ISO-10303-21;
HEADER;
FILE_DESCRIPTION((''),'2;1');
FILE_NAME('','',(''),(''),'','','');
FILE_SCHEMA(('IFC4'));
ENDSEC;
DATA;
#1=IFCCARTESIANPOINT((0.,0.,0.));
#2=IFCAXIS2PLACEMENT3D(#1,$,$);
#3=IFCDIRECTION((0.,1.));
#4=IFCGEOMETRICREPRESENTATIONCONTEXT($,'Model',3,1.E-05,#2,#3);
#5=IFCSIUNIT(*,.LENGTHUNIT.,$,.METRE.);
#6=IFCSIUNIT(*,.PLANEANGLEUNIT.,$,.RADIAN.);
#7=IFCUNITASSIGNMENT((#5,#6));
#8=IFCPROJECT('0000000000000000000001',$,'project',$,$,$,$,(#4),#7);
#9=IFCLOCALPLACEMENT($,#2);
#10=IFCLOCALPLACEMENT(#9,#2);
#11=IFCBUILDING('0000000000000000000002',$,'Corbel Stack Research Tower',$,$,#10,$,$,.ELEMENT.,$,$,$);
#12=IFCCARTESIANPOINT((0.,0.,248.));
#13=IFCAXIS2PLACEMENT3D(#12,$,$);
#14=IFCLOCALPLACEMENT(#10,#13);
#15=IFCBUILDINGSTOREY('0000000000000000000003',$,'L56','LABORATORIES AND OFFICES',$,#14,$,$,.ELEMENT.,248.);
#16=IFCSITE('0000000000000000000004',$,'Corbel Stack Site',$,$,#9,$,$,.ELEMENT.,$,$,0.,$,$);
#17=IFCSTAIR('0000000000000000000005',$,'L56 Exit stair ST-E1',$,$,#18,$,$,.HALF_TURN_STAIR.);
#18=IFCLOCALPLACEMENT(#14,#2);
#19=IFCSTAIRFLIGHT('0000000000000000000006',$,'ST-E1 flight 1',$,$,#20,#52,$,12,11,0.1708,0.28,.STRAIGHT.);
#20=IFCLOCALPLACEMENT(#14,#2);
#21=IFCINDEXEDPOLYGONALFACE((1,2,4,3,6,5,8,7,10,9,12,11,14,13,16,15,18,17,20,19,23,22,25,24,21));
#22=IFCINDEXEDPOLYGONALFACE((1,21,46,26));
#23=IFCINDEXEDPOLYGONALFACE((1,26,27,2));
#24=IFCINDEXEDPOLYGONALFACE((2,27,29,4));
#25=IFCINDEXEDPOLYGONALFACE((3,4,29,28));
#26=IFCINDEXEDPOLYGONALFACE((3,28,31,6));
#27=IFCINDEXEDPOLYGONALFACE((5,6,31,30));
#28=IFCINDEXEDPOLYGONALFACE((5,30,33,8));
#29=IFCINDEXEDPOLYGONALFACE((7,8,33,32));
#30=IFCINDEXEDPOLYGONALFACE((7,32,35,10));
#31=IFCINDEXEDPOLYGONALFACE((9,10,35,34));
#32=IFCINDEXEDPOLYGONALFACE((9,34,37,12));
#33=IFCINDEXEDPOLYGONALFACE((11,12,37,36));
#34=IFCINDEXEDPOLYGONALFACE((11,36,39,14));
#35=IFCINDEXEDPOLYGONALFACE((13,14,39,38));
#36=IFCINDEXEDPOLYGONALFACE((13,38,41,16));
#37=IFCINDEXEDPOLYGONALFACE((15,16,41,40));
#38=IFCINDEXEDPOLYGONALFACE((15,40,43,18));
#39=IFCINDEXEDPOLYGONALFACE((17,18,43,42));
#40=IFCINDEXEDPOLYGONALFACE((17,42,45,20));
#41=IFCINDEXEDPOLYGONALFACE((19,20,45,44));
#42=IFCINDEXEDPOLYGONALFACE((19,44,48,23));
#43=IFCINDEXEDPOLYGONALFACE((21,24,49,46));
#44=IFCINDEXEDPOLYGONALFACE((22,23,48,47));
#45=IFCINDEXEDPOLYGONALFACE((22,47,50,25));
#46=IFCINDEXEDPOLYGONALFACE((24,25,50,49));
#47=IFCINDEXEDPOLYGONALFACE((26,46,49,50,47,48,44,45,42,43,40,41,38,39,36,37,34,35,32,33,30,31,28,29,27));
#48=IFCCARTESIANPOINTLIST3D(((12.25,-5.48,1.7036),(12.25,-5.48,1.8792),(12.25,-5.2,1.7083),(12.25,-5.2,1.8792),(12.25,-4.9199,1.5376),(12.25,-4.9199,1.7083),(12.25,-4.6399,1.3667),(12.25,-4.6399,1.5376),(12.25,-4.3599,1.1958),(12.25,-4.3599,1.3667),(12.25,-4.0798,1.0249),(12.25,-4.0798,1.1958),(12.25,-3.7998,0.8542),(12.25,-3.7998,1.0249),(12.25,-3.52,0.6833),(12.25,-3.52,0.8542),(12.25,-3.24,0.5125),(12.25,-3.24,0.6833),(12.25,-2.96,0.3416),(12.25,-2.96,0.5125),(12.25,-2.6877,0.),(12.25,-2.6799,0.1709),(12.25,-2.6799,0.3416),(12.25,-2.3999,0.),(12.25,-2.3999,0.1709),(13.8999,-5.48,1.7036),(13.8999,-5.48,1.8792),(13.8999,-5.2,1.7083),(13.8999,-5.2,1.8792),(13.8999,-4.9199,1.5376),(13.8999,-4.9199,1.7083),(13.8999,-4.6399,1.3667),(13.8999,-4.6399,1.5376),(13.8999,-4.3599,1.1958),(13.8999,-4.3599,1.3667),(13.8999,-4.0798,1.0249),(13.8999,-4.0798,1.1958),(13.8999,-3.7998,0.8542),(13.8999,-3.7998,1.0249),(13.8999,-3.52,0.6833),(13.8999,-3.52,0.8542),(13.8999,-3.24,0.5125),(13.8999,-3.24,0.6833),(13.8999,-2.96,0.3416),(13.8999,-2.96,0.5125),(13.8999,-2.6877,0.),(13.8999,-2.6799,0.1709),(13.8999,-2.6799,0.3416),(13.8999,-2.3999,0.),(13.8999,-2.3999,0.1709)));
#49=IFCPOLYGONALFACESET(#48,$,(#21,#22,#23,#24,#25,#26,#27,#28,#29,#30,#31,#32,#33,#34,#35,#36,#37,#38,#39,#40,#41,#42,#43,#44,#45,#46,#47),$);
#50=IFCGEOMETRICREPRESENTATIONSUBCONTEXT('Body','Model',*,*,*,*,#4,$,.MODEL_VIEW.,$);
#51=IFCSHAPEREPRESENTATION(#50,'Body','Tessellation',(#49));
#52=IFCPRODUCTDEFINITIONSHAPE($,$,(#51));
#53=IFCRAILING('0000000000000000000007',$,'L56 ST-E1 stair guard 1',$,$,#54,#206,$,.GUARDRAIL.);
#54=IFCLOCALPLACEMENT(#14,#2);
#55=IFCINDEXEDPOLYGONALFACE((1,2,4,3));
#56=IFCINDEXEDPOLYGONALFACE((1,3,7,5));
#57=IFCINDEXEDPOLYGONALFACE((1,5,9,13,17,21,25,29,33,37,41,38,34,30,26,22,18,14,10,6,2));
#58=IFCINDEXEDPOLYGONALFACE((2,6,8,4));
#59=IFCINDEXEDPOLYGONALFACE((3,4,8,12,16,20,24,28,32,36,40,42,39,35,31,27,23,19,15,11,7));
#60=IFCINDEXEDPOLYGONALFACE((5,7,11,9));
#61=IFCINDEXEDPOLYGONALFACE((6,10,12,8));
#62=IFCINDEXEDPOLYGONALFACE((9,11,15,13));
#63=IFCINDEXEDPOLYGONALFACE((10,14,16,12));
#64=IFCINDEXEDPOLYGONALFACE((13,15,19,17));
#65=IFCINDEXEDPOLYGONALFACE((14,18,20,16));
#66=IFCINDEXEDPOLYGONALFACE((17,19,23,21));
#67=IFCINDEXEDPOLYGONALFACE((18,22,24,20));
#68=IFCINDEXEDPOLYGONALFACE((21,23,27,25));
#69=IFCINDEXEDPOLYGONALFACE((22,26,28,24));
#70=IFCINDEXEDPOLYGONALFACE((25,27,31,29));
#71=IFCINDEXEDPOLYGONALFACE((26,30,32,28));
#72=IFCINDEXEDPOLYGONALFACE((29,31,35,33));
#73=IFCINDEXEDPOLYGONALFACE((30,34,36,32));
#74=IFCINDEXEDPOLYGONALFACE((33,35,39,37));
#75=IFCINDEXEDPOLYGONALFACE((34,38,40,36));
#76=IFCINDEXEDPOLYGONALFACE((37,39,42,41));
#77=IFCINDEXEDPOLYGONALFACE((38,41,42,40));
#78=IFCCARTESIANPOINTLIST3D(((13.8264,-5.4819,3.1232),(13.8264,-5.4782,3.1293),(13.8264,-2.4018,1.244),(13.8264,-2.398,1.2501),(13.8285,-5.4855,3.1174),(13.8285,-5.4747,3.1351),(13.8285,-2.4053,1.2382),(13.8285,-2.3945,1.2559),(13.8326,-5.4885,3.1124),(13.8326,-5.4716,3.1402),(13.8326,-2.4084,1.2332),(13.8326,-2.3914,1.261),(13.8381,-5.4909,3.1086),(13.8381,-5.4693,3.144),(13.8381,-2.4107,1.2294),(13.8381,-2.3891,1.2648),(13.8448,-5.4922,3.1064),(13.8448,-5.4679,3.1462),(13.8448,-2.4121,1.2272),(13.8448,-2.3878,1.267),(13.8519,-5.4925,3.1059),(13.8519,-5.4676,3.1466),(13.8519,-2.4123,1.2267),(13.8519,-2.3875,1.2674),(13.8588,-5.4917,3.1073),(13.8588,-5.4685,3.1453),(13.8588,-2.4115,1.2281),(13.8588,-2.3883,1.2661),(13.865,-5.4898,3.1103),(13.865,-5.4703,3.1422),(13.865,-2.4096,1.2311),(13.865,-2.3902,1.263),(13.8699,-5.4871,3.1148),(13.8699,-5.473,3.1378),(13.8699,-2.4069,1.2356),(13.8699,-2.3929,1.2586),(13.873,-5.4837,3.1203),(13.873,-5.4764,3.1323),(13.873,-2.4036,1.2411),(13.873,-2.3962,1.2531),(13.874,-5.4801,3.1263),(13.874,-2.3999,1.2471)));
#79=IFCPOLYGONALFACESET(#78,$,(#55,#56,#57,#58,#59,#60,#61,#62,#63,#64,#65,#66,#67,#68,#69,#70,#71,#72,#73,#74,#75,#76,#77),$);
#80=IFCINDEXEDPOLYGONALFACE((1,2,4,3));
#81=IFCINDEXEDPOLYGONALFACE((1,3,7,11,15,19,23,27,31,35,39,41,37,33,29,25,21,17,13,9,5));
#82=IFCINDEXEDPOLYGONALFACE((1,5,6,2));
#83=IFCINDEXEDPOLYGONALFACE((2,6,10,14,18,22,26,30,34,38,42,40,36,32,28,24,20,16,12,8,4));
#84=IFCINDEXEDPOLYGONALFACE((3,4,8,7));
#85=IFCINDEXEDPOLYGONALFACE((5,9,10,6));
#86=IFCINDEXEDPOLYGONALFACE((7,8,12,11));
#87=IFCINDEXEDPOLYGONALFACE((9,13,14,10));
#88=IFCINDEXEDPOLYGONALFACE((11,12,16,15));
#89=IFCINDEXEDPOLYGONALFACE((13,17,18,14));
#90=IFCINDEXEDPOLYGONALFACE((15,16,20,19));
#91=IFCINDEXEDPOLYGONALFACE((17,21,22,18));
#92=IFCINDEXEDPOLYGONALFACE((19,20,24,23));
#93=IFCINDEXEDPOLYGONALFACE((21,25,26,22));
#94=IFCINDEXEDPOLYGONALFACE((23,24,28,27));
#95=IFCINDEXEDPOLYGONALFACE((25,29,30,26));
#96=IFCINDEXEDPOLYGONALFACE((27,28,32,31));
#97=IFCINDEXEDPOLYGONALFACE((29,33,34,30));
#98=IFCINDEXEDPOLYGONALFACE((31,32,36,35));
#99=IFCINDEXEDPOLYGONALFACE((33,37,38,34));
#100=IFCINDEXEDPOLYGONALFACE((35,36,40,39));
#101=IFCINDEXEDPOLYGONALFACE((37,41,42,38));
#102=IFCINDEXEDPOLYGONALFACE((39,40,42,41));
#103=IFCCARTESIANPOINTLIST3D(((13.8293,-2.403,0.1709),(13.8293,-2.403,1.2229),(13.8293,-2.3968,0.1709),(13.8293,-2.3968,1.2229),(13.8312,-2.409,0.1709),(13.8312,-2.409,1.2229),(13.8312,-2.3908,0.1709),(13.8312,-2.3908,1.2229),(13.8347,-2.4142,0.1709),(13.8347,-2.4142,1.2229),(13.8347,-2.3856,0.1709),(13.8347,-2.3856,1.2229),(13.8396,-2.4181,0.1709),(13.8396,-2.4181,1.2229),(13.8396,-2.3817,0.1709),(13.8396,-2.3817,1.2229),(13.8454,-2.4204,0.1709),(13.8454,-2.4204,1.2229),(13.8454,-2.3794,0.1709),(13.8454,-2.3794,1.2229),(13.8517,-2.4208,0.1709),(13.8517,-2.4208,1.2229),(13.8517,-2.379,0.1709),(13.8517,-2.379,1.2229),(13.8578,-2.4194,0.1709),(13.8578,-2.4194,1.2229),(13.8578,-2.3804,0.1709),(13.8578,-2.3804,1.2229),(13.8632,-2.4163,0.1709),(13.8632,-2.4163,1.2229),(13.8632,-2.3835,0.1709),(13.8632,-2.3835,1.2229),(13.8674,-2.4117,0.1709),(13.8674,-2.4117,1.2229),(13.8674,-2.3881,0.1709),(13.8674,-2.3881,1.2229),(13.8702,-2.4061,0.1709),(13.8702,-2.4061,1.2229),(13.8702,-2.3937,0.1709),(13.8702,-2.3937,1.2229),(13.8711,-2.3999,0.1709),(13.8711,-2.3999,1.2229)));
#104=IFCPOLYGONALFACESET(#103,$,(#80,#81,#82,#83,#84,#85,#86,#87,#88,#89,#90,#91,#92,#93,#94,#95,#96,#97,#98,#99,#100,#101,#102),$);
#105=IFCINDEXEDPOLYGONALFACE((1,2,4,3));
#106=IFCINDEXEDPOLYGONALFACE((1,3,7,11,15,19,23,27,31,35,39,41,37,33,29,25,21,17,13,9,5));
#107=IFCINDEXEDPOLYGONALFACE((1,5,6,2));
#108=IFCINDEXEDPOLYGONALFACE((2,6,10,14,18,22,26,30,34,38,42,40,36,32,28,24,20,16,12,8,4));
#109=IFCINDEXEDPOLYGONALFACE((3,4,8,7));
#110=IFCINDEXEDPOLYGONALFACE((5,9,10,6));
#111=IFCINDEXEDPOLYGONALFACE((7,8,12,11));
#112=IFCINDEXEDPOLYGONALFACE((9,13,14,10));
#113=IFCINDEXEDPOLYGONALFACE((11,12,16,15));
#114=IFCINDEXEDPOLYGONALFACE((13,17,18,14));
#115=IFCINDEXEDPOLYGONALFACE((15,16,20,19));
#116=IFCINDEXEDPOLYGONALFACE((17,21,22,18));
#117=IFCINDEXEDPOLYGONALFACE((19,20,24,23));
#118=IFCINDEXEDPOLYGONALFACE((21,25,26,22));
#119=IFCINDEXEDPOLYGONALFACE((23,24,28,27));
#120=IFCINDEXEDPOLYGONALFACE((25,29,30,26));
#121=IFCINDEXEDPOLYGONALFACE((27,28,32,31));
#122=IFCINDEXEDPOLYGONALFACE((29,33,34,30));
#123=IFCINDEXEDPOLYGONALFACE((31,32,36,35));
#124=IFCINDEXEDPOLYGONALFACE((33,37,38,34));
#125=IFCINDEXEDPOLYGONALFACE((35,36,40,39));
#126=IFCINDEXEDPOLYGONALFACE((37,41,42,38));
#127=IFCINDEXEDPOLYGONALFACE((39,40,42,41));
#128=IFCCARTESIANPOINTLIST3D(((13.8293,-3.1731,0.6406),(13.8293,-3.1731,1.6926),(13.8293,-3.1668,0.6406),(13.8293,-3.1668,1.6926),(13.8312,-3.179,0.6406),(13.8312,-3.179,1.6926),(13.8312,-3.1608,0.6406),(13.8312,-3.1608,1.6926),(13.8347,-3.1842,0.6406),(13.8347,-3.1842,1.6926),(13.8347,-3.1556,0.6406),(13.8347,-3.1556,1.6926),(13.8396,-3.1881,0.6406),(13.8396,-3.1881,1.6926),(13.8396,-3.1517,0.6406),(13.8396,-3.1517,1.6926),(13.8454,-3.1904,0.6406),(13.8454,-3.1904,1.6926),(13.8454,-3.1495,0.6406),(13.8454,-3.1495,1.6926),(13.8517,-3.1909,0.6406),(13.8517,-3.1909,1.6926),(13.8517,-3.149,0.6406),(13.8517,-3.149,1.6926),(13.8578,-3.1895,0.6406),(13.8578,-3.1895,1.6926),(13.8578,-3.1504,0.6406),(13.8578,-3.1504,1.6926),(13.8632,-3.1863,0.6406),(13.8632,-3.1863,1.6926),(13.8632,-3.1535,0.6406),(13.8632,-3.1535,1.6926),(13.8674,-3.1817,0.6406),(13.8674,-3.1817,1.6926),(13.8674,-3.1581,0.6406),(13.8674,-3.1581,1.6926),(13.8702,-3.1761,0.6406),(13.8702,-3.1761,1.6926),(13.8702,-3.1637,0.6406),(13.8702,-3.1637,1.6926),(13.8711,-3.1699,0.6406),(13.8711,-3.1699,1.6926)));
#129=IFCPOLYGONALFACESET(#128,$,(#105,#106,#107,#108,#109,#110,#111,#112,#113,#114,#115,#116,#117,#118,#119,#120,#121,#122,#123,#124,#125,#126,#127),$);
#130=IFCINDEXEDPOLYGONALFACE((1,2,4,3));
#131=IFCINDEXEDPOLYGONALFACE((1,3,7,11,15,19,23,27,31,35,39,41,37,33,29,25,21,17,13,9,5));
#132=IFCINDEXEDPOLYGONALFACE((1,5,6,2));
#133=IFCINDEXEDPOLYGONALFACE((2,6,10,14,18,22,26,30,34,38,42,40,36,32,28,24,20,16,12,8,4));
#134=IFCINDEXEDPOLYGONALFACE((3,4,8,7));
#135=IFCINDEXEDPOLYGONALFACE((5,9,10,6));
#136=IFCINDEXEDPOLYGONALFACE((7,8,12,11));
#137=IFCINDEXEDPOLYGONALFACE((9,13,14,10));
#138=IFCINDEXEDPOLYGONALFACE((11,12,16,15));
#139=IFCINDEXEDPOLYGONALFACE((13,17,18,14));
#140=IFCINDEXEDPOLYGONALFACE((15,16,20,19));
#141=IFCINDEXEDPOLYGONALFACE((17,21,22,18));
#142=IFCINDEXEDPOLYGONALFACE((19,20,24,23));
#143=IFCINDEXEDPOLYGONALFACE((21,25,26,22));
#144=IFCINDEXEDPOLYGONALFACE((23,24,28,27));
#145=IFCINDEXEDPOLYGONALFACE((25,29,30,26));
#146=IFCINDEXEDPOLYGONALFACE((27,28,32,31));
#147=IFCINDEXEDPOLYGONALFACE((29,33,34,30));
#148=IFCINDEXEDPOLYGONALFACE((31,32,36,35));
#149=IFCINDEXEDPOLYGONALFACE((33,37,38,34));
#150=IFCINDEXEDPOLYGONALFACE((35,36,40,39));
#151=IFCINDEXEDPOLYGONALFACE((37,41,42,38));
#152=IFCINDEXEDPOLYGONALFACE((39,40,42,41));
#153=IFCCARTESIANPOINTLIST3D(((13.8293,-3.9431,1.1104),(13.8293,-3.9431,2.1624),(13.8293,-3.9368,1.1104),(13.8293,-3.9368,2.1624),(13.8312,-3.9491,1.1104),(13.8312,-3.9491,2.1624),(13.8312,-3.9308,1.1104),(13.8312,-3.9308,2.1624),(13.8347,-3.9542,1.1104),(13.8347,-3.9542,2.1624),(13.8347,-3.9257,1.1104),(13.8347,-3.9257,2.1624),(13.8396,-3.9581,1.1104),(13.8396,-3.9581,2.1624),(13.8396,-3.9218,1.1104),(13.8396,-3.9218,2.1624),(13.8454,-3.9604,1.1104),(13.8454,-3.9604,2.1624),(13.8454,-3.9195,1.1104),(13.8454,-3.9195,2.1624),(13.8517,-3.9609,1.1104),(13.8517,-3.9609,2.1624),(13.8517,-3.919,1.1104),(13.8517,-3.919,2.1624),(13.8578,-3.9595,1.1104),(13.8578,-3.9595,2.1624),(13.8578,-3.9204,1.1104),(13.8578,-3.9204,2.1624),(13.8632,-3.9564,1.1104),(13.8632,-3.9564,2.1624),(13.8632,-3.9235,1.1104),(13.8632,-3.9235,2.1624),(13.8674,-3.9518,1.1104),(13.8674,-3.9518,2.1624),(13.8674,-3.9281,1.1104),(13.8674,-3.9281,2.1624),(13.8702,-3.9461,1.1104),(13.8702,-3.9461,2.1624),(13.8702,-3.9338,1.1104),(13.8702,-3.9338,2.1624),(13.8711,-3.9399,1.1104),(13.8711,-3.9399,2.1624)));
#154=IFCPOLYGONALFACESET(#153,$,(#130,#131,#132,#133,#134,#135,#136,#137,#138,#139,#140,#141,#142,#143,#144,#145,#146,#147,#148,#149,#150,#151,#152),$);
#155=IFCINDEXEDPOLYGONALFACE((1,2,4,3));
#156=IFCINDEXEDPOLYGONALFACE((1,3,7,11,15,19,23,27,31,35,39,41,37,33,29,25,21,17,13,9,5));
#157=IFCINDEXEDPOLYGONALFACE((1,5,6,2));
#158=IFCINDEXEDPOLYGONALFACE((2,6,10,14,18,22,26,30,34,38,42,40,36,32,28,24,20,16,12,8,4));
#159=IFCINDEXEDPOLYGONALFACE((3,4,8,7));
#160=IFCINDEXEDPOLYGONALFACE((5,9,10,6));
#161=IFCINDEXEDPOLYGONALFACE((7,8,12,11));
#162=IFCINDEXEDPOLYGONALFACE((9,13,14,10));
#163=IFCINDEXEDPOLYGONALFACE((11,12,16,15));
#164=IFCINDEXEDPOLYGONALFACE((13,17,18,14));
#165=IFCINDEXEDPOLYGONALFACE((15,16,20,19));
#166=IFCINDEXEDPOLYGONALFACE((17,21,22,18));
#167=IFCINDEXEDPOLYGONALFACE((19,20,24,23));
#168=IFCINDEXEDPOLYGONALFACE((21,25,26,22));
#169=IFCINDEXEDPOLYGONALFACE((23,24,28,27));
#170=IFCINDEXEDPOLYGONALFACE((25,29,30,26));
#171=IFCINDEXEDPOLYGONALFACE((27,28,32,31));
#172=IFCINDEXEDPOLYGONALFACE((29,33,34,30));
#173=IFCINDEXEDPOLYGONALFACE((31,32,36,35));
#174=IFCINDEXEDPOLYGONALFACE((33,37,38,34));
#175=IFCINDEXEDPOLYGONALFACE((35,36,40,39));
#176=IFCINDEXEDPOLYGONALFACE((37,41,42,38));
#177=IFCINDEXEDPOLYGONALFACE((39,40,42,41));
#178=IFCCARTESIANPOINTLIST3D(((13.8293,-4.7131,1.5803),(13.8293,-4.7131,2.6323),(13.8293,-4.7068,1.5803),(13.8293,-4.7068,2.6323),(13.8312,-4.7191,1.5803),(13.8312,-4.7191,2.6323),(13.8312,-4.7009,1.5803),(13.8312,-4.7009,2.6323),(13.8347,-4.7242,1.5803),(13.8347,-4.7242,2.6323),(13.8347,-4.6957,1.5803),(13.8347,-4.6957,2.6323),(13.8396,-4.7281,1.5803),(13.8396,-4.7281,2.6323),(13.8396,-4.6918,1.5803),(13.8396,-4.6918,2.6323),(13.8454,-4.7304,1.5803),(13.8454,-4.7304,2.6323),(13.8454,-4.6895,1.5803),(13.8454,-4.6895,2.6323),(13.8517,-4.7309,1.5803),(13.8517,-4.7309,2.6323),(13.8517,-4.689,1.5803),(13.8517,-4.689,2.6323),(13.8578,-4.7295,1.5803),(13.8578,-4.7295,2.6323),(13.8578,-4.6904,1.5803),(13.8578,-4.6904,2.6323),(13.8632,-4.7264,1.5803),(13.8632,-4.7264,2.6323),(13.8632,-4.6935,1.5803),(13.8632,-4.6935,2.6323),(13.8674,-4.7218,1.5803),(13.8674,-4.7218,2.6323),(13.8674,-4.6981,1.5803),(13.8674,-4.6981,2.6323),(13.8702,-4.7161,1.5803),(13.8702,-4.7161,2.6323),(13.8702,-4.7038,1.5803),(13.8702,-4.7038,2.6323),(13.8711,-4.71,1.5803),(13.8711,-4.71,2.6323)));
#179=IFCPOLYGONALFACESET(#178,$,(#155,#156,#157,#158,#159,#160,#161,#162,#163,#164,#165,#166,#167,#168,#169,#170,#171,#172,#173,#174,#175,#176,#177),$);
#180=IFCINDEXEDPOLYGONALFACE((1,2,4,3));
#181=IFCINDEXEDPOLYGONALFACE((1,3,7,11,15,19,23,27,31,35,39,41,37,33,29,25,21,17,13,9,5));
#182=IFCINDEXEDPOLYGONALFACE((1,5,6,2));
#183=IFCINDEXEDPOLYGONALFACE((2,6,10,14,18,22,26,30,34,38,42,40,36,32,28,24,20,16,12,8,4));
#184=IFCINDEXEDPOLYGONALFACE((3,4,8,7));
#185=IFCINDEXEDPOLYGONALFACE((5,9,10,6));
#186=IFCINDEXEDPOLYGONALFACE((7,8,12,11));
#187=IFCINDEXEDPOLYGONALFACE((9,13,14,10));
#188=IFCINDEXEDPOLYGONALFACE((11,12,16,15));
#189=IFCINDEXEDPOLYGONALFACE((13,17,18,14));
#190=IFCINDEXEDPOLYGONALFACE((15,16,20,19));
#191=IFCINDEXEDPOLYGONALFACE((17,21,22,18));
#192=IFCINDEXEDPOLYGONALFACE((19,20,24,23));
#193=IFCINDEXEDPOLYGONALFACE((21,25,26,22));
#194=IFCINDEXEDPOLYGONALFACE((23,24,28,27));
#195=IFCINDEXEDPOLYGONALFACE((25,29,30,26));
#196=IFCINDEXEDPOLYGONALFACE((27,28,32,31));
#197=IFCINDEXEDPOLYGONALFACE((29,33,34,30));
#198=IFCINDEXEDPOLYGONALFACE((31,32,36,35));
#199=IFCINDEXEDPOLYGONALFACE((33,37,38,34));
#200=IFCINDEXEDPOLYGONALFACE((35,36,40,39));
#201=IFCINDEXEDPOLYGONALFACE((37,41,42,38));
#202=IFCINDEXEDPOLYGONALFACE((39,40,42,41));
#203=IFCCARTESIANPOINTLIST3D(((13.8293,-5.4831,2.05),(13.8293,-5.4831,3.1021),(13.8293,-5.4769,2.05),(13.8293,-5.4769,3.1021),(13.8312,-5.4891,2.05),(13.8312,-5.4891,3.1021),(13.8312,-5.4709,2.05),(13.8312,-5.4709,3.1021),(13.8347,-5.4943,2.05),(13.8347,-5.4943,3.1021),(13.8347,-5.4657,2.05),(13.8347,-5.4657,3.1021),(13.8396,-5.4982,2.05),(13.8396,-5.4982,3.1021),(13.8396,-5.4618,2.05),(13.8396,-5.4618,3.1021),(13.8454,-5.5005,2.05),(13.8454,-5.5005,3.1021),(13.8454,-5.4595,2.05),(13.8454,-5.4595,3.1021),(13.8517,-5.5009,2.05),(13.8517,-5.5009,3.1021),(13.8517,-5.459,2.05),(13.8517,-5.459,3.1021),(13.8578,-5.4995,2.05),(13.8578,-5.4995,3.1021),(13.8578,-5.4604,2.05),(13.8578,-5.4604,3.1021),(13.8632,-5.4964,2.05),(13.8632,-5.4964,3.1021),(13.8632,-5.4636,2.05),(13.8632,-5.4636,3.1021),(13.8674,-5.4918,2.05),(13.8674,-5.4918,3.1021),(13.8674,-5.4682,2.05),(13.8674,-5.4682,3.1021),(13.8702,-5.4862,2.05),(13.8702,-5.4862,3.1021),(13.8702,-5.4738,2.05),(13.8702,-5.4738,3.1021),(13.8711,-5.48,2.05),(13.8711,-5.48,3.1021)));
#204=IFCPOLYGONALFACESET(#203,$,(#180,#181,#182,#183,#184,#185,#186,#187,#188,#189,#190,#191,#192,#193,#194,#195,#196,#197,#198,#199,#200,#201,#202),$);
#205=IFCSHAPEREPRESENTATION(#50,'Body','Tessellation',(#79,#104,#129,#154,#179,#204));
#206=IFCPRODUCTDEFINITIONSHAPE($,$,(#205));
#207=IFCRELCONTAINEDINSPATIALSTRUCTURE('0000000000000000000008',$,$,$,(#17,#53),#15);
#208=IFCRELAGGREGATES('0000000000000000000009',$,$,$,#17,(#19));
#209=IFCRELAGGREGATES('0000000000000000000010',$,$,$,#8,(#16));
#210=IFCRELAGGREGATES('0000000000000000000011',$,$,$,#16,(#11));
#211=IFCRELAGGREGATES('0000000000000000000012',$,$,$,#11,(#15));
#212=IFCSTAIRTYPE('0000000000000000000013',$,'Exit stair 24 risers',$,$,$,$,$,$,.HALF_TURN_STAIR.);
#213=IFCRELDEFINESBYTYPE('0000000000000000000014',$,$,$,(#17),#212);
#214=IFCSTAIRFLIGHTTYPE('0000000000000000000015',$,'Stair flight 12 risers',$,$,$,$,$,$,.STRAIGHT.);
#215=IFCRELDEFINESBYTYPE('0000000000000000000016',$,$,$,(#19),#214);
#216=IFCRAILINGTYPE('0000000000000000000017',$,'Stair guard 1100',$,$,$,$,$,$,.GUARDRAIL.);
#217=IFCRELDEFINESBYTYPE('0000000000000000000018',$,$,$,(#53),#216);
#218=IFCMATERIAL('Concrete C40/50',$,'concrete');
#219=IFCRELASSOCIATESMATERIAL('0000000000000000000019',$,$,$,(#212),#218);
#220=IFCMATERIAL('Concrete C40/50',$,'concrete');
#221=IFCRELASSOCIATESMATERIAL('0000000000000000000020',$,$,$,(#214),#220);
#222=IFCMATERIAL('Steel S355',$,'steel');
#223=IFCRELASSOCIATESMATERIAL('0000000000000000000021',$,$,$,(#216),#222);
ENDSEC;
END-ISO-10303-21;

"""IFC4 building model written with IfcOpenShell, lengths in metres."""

from ifc_helpers import new_model, si_unit, direction, frame, origin, origin_2d, place, context, subcontext, project, spatial, polyline, circle, outline, extrude, material, type_object, element, aggregate, save


model = new_model("IFC4")

# Units and contexts
model_context = context("Model", 3, precision=1e-05, world=origin(), true_north=direction((0.0, 1.0)))
body_context = subcontext(model_context, "Body", "Model", "MODEL_VIEW")
ifc_project = project(units=[si_unit("LENGTHUNIT", "METRE"), si_unit("PLANEANGLEUNIT", "RADIAN")], contexts=[model_context])

# Site, building, storey
site_placement = place(None, origin())
site = spatial("IfcSite", under=ifc_project, at=site_placement, Name="Corbel Stack Site", CompositionType="ELEMENT", RefElevation=0.0)
building_placement = place(site_placement, origin())
building = spatial("IfcBuilding", under=site, at=building_placement, Name="Corbel Stack Research Tower", CompositionType="ELEMENT")
storey_placement = place(building_placement, frame((0.0, 0.0, 248.0)))
storey = spatial("IfcBuildingStorey", under=building, at=storey_placement, Name="L56", Description="LABORATORIES AND OFFICES", CompositionType="ELEMENT", Elevation=248.0)

# Stair
ifc_material_1 = material(Name="Concrete C40/50", Category="concrete")
stair_type = type_object("IfcStairType", Name="Exit stair 24 risers", PredefinedType="HALF_TURN_STAIR", material=ifc_material_1)
stair_1_placement = place(storey_placement, origin())
stair_1 = element("IfcStair", 1, at=stair_1_placement, inside=storey, type_object=stair_type, Name="L56 Exit stair ST-E1", PredefinedType="HALF_TURN_STAIR")

# Stair flight
ifc_material_2 = material(Name="Concrete C40/50", Category="concrete")
stair_flight_type = type_object("IfcStairFlightType", Name="Stair flight 12 risers", PredefinedType="STRAIGHT", material=ifc_material_2)
stair_flight_placement = place(storey_placement, frame((13.075, -2.3999, 0.0), z_axis=(0.0, 0.0, 1.0), x_axis=(0.0, -1.0, 0.0)))
stair_flight = element("IfcStairFlight", 2, at=stair_flight_placement, type_object=stair_flight_type, Name="ST-E1 flight 1", NumberOfRisers=12, NumberOfTreads=11, PredefinedType="STRAIGHT", RiserHeight=0.1708, TreadLength=0.28, context=body_context, shape_type="SweptSolid", body=[
    extrude(outline(polyline([(0.0, 0.0), (0.0, 0.1709), (0.28, 0.1709), (0.28, 0.3416), (0.5601, 0.3416), (0.5601, 0.5125), (0.8401, 0.5125), (0.8401, 0.6833), (1.1201, 0.6833), (1.1201, 0.8542), (1.3999, 0.8542), (1.3999, 1.0249), (1.6799, 1.0249), (1.6799, 1.1958), (1.96, 1.1958), (1.96, 1.3667), (2.24, 1.3667), (2.24, 1.5376), (2.52, 1.5376), (2.52, 1.7083), (2.8, 1.7083), (2.8, 1.8792), (3.0801, 1.8792), (3.0801, 2.05), (3.0801, 1.7036), (0.2878, 0.0), (0.0, 0.0)])), frame((0.0, 0.825, 0.0), z_axis=(0.0, -1.0, 0.0), x_axis=(1.0, 0.0, 0.0)), (0.0, 0.0, 1.0), 1.6499),
])
aggregate(stair_1, [stair_flight])

# Railing
ifc_material_3 = material(Name="Steel S355", Category="steel")
railing_type_1 = type_object("IfcRailingType", Name="Stair guard 1100", PredefinedType="GUARDRAIL", material=ifc_material_3)
railing_1_placement = place(storey_placement, frame((13.8501, -2.3999, 0.1709)))
element("IfcRailing", 3, at=railing_1_placement, inside=storey, type_object=railing_type_1, Name="L56 ST-E1 stair guard 1", PredefinedType="GUARDRAIL", context=body_context, shape_type="SweptSolid", body=[
    extrude(circle(Radius=0.0239, at=origin_2d()), frame((0.0, 0.0, 1.0762), z_axis=(0.0, -0.853666, 0.52082), x_axis=(1.0, 0.0, 0.0)), (0.0, 0.0, 1.0), 3.6082),
    extrude(circle(Radius=0.021, at=origin_2d()), origin(), (0.0, 0.0, 1.0), 1.052),
    extrude(circle(Radius=0.021, at=origin_2d()), frame((0.0, -0.77, 0.4697)), (0.0, 0.0, 1.0), 1.052),
    extrude(circle(Radius=0.021, at=origin_2d()), frame((0.0, -1.54, 0.9395)), (0.0, 0.0, 1.0), 1.052),
    extrude(circle(Radius=0.021, at=origin_2d()), frame((0.0, -2.3101, 1.4094)), (0.0, 0.0, 1.0), 1.052),
    extrude(circle(Radius=0.021, at=origin_2d()), frame((0.0, -3.0801, 1.8792)), (0.0, 0.0, 1.0), 1.052),
])

save(model, "model.ifc")
